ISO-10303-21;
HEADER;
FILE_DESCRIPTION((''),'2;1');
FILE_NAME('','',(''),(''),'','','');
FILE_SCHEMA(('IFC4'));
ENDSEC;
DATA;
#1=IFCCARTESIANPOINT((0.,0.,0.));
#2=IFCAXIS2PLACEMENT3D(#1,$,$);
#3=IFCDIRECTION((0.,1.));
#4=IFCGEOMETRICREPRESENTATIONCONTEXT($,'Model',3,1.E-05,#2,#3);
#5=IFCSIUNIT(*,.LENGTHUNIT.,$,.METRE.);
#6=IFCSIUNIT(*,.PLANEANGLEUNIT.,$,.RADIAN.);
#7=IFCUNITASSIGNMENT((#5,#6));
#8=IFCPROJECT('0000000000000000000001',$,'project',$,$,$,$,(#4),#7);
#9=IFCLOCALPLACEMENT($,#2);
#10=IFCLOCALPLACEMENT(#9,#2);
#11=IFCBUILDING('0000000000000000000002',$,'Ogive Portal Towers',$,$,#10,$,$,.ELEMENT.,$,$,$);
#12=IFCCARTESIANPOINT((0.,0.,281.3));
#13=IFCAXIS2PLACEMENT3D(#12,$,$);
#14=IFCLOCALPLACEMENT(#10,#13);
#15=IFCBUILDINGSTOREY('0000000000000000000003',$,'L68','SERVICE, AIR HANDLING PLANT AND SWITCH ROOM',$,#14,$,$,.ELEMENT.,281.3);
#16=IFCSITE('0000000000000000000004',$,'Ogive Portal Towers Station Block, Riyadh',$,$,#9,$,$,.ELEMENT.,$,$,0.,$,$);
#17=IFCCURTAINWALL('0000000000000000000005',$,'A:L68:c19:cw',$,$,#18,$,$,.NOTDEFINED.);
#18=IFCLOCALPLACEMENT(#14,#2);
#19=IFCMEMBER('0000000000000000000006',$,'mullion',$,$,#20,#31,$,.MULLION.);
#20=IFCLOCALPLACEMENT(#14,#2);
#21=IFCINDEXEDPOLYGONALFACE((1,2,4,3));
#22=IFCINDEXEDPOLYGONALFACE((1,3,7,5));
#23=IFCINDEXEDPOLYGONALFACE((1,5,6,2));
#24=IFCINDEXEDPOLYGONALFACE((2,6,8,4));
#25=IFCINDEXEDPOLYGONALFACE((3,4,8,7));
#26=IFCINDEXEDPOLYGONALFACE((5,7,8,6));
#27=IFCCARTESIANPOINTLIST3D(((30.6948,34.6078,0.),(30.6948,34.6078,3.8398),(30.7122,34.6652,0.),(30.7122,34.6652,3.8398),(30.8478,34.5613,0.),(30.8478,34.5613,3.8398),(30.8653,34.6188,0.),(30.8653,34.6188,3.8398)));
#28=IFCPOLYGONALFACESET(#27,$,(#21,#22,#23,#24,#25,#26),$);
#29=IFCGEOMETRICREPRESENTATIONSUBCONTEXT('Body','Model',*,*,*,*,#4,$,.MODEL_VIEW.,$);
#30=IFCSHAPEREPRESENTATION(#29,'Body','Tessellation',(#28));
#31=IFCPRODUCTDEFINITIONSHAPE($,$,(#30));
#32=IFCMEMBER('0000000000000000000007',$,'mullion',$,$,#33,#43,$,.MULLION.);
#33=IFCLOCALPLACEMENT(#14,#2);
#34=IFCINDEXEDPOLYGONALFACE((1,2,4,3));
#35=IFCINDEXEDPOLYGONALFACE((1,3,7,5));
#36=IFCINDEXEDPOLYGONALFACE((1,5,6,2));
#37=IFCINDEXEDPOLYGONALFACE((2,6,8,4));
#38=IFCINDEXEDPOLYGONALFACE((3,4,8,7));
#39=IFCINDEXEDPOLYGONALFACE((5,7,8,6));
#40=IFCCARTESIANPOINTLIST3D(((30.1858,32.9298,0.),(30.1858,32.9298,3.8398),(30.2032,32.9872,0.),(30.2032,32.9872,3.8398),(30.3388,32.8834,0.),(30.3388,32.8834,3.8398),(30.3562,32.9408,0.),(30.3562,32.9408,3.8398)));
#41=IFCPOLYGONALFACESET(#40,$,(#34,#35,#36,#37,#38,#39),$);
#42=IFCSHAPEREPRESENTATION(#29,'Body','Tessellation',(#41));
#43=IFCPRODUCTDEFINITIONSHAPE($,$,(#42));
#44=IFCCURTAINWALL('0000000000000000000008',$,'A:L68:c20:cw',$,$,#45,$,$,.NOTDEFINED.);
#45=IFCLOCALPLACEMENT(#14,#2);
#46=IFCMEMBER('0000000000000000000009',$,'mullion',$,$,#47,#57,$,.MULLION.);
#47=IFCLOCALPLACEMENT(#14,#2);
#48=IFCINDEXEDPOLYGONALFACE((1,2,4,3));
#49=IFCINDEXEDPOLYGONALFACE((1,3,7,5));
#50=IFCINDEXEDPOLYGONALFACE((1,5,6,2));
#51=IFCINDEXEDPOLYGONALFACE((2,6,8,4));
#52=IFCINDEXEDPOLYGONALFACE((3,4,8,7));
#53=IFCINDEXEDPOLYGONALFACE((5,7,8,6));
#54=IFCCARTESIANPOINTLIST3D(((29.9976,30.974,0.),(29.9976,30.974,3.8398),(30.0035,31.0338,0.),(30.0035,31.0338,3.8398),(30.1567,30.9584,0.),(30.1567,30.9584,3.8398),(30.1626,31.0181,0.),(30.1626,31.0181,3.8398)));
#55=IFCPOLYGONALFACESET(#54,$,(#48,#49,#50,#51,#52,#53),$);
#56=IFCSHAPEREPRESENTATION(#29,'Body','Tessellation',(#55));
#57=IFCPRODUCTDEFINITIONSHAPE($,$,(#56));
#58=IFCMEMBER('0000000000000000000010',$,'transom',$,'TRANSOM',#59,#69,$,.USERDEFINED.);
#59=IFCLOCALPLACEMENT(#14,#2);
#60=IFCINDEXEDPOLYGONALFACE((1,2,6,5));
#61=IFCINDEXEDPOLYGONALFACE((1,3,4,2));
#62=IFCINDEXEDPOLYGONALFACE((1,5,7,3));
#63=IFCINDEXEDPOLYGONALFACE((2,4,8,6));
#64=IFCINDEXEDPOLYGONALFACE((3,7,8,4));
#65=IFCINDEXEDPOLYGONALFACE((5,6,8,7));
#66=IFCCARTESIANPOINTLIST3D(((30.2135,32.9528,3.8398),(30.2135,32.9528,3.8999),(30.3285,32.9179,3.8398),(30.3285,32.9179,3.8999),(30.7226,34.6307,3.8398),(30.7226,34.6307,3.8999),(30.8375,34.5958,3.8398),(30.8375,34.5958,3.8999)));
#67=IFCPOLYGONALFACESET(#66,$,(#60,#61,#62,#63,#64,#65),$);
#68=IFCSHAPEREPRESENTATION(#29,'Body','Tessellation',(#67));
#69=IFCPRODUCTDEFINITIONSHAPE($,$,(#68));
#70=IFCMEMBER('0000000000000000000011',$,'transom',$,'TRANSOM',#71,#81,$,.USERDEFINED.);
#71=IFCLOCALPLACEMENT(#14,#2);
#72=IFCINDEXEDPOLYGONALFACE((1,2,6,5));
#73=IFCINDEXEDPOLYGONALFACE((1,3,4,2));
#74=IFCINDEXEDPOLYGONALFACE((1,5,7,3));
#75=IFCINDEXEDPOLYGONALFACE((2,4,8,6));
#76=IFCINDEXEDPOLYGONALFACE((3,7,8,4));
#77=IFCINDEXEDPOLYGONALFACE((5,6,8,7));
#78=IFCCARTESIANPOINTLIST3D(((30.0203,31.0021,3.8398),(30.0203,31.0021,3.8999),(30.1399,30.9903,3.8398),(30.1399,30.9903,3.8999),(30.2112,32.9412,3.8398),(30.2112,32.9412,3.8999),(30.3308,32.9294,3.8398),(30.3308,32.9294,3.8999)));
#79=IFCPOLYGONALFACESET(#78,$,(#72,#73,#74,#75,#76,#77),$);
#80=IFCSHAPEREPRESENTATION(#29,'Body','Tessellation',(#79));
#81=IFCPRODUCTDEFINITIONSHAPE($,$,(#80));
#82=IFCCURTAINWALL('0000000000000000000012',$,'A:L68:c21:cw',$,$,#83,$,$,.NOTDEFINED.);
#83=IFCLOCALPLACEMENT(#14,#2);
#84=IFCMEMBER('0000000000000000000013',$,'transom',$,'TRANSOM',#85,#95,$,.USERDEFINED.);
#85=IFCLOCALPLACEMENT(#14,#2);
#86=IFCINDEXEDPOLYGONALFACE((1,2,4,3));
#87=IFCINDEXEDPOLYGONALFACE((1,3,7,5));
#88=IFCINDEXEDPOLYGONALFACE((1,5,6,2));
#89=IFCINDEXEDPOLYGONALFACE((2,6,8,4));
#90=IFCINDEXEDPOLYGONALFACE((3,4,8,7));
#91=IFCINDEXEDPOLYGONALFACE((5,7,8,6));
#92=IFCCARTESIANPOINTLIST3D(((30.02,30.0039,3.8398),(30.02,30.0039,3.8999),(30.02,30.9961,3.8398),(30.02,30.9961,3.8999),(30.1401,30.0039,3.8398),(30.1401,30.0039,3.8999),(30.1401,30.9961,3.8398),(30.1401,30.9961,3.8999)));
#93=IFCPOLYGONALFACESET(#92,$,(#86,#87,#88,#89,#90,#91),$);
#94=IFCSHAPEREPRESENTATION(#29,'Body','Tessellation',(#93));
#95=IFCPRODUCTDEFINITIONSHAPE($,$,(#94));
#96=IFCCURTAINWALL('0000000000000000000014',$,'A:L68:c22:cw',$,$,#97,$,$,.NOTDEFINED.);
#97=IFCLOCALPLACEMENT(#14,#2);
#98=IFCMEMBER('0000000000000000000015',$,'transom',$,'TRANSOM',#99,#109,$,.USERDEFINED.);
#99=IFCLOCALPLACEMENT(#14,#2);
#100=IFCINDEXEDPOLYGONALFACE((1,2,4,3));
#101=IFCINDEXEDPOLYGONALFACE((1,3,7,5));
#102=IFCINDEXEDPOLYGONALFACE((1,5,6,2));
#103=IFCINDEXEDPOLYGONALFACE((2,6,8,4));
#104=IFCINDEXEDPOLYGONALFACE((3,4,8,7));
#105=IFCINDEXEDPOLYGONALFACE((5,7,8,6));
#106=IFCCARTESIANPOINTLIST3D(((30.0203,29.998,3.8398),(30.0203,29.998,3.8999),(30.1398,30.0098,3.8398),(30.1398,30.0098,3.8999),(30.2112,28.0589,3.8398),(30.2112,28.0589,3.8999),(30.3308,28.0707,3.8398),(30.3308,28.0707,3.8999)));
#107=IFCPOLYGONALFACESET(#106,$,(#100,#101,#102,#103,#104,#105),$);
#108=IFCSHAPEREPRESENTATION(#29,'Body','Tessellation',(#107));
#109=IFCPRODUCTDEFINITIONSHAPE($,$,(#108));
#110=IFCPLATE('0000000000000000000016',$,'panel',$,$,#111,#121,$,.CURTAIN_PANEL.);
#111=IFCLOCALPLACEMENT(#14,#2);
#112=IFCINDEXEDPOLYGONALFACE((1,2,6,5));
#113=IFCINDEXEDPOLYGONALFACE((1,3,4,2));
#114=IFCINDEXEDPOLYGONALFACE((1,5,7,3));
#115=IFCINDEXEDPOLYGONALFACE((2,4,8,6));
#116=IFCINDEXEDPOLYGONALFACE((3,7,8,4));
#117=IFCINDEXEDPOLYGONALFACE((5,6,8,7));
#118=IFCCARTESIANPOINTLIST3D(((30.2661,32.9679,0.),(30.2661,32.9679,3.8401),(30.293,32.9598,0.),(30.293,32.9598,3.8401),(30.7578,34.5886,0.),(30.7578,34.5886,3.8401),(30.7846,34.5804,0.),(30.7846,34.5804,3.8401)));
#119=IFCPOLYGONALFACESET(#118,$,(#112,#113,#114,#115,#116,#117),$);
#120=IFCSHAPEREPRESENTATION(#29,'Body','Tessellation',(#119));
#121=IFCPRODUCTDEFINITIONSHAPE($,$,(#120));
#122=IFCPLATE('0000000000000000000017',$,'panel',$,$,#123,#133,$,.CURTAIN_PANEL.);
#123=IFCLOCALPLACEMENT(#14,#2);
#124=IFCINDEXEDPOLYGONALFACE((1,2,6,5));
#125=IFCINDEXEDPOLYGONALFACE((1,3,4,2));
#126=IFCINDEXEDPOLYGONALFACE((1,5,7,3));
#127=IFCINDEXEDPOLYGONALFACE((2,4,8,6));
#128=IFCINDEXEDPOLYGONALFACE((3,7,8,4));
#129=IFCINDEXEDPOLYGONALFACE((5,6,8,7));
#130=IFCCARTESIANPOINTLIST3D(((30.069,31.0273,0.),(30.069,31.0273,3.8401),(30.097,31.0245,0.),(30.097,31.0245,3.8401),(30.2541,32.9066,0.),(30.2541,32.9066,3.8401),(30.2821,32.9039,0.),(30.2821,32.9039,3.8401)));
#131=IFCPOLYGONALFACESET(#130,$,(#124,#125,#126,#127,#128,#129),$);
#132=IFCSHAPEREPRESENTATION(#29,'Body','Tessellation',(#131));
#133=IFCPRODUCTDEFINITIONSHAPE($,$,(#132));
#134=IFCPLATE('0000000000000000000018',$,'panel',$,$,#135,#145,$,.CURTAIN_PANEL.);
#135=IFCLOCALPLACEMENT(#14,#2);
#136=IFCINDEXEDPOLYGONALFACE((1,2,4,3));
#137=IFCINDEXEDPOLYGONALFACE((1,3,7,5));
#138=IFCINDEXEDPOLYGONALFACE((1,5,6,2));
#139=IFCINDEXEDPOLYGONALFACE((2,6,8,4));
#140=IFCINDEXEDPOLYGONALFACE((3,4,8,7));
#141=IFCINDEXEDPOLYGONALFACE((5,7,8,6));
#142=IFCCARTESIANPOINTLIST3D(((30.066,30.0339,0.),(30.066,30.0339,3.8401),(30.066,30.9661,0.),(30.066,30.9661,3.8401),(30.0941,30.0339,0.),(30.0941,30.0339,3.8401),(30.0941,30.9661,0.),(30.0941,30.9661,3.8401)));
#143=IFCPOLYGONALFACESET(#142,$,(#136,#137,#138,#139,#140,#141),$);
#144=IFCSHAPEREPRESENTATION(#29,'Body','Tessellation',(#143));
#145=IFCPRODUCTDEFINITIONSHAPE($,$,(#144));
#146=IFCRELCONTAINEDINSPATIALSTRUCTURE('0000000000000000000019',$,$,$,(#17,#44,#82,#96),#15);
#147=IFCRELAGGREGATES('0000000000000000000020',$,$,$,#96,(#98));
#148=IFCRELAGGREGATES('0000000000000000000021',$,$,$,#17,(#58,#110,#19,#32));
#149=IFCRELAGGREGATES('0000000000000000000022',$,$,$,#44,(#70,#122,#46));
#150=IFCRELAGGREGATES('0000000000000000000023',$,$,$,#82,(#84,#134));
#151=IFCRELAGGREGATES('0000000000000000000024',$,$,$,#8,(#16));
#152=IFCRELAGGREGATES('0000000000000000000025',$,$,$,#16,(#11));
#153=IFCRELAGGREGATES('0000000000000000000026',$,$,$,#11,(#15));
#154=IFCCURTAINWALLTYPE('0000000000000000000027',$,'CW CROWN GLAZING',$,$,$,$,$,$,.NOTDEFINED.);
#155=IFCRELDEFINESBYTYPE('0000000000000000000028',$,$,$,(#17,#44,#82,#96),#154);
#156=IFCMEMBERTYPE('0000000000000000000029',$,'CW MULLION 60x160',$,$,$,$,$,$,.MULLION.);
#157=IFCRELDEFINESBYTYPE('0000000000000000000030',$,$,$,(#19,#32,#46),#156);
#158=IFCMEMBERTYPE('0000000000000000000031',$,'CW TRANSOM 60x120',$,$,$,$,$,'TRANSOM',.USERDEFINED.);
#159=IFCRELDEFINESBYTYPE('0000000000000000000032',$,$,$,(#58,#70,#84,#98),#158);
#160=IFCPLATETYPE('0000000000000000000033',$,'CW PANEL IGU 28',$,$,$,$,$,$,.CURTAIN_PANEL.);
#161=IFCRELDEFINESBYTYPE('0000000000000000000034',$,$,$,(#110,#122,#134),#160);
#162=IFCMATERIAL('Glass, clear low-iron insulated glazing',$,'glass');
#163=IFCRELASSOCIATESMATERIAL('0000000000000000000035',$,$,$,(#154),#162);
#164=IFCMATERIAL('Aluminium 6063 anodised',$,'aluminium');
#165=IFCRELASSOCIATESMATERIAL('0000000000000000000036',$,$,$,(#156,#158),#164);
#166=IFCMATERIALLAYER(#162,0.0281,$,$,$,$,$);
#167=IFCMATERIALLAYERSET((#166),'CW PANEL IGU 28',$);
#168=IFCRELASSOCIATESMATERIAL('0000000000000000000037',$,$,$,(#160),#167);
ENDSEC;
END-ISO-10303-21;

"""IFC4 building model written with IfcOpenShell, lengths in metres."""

from ifc_helpers import new_model, si_unit, direction, frame, origin, origin_2d, place, context, subcontext, project, spatial, rectangle, extrude, material, layer, layer_set, material_profile, profile_set, type_object, element, aggregate, save


model = new_model("IFC4")

# Units and contexts
model_context = context("Model", 3, precision=1e-05, world=origin(), true_north=direction((0.0, 1.0)))
body_context = subcontext(model_context, "Body", "Model", "MODEL_VIEW")
ifc_project = project(units=[si_unit("LENGTHUNIT", "METRE"), si_unit("PLANEANGLEUNIT", "RADIAN")], contexts=[model_context])

# Site, building, storey
site_placement = place(None, origin())
site = spatial("IfcSite", under=ifc_project, at=site_placement, Name="Ogive Portal Towers Station Block, Riyadh", CompositionType="ELEMENT", RefElevation=0.0)
building_placement = place(site_placement, origin())
building = spatial("IfcBuilding", under=site, at=building_placement, Name="Ogive Portal Towers", CompositionType="ELEMENT")
storey_placement = place(building_placement, frame((0.0, 0.0, 281.3)))
storey = spatial("IfcBuildingStorey", under=building, at=storey_placement, Name="L68", Description="SERVICE, AIR HANDLING PLANT AND SWITCH ROOM", CompositionType="ELEMENT", Elevation=281.3)

# Curtain wall, members
ifc_material_1 = material(Name="Glass, clear low-iron insulated glazing", Category="glass")
curtain_wall_type = type_object("IfcCurtainWallType", Name="CW CROWN GLAZING", PredefinedType="NOTDEFINED", material=ifc_material_1)
curtain_wall_1_placement = place(storey_placement, origin())
curtain_wall_1 = element("IfcCurtainWall", 1, at=curtain_wall_1_placement, inside=storey, type_object=curtain_wall_type, Name="A:L68:c19:cw", PredefinedType="NOTDEFINED")
ifc_material_2 = material(Name="Aluminium 6063 anodised", Category="aluminium")
ifc_material_profile_1 = material_profile(ifc_material_2, rectangle(XDim=0.1599, YDim=0.0601, at=origin_2d()), Name="AL 60x160")
ifc_profile_set_1 = profile_set([ifc_material_profile_1], Name="Aluminium 6063 anodised")
member_type_1 = type_object("IfcMemberType", Name="CW MULLION 60x160", PredefinedType="MULLION", material=ifc_profile_set_1)
member_1_placement = place(storey_placement, frame((30.78, 34.6133, 0.0), z_axis=(0.0, 0.0, 1.0), x_axis=(0.95694, -0.290285, 0.0)))
member_1 = element("IfcMember", 2, at=member_1_placement, type_object=member_type_1, Name="mullion", PredefinedType="MULLION", context=body_context, shape_type="SweptSolid", body=[
    extrude(rectangle(XDim=0.1599, YDim=0.0601, at=origin_2d()), origin(), (0.0, 0.0, 1.0), 3.8398),
])
member_2_placement = place(storey_placement, frame((30.271, 32.9353, 0.0), z_axis=(0.0, 0.0, 1.0), x_axis=(0.95694, -0.290285, 0.0)))
member_2 = element("IfcMember", 3, at=member_2_placement, type_object=member_type_1, Name="mullion", PredefinedType="MULLION", context=body_context, shape_type="SweptSolid", body=[
    extrude(rectangle(XDim=0.1599, YDim=0.0601, at=origin_2d()), origin(), (0.0, 0.0, 1.0), 3.8398),
])

# Curtain wall, member
curtain_wall_2_placement = place(storey_placement, origin())
curtain_wall_2 = element("IfcCurtainWall", 4, at=curtain_wall_2_placement, inside=storey, type_object=curtain_wall_type, Name="A:L68:c20:cw", PredefinedType="NOTDEFINED")
member_3_placement = place(storey_placement, frame((30.0801, 30.9961, 0.0), z_axis=(0.0, 0.0, 1.0), x_axis=(0.995185, -0.098017, 0.0)))
member_3 = element("IfcMember", 5, at=member_3_placement, type_object=member_type_1, Name="mullion", PredefinedType="MULLION", context=body_context, shape_type="SweptSolid", body=[
    extrude(rectangle(XDim=0.1599, YDim=0.0601, at=origin_2d()), origin(), (0.0, 0.0, 1.0), 3.8398),
])

# Members
ifc_material_profile_2 = material_profile(ifc_material_2, rectangle(XDim=0.1201, YDim=0.0601, at=origin_2d()), Name="AL 120x60")
ifc_profile_set_2 = profile_set([ifc_material_profile_2], Name="Aluminium 6063 anodised")
member_type_2 = type_object("IfcMemberType", Name="CW TRANSOM 60x120", ElementType="TRANSOM", PredefinedType="USERDEFINED", material=ifc_profile_set_2)
member_4_placement = place(storey_placement, frame((30.78, 34.6133, 3.8699), z_axis=(-0.290297, -0.956937, 0.0), x_axis=(0.956937, -0.290297, 0.0)))
member_4 = element("IfcMember", 6, at=member_4_placement, type_object=member_type_2, Name="transom", ObjectType="TRANSOM", PredefinedType="USERDEFINED", context=body_context, shape_type="SweptSolid", body=[
    extrude(rectangle(XDim=0.1201, YDim=0.0601, at=origin_2d()), origin(), (0.0, 0.0, 1.0), 1.7534),
])
member_5_placement = place(storey_placement, frame((30.271, 32.9353, 3.8699), z_axis=(-0.097978, -0.995189, 0.0), x_axis=(0.995189, -0.097978, 0.0)))
member_5 = element("IfcMember", 7, at=member_5_placement, type_object=member_type_2, Name="transom", ObjectType="TRANSOM", PredefinedType="USERDEFINED", context=body_context, shape_type="SweptSolid", body=[
    extrude(rectangle(XDim=0.1201, YDim=0.0601, at=origin_2d()), origin(), (0.0, 0.0, 1.0), 1.9485),
])

# Curtain walls, members
curtain_wall_3_placement = place(storey_placement, origin())
curtain_wall_3 = element("IfcCurtainWall", 8, at=curtain_wall_3_placement, inside=storey, type_object=curtain_wall_type, Name="A:L68:c21:cw", PredefinedType="NOTDEFINED")
member_6_placement = place(storey_placement, frame((30.0801, 30.9961, 3.8699), z_axis=(0.0, -1.0, 0.0), x_axis=(1.0, 0.0, 0.0)))
member_6 = element("IfcMember", 9, at=member_6_placement, type_object=member_type_2, Name="transom", ObjectType="TRANSOM", PredefinedType="USERDEFINED", context=body_context, shape_type="SweptSolid", body=[
    extrude(rectangle(XDim=0.1201, YDim=0.0601, at=origin_2d()), origin(), (0.0, 0.0, 1.0), 0.9922),
])
curtain_wall_4_placement = place(storey_placement, origin())
curtain_wall_4 = element("IfcCurtainWall", 10, at=curtain_wall_4_placement, inside=storey, type_object=curtain_wall_type, Name="A:L68:c22:cw", PredefinedType="NOTDEFINED")
member_7_placement = place(storey_placement, frame((30.0801, 30.0039, 3.8699), z_axis=(0.097978, -0.995189, 0.0), x_axis=(0.995189, 0.097978, 0.0)))
member_7 = element("IfcMember", 11, at=member_7_placement, type_object=member_type_2, Name="transom", ObjectType="TRANSOM", PredefinedType="USERDEFINED", context=body_context, shape_type="SweptSolid", body=[
    extrude(rectangle(XDim=0.1201, YDim=0.0601, at=origin_2d()), origin(), (0.0, 0.0, 1.0), 1.9485),
])
aggregate(curtain_wall_4, [member_7])

# Plates
ifc_layer_1 = layer(ifc_material_1, 0.0281)
ifc_layer_set_1 = layer_set([ifc_layer_1], Name="CW PANEL IGU 28")
plate_type = type_object("IfcPlateType", Name="CW PANEL IGU 28", PredefinedType="CURTAIN_PANEL", material=ifc_layer_set_1)
plate_1_placement = place(storey_placement, frame((30.5254, 33.7742, 0.0), z_axis=(0.0, 0.0, 1.0), x_axis=(-0.290285, -0.95694, 0.0)))
plate_1 = element("IfcPlate", 12, at=plate_1_placement, type_object=plate_type, Name="panel", PredefinedType="CURTAIN_PANEL", context=body_context, shape_type="SweptSolid", body=[
    extrude(rectangle(XDim=1.6936, YDim=0.0281, at=origin_2d()), origin(), (0.0, 0.0, 1.0), 3.8401),
])
aggregate(curtain_wall_1, [member_4, plate_1, member_1, member_2])
plate_2_placement = place(storey_placement, frame((30.1755, 31.9656, 0.0), z_axis=(0.0, 0.0, 1.0), x_axis=(-0.098017, -0.995185, 0.0)))
plate_2 = element("IfcPlate", 13, at=plate_2_placement, type_object=plate_type, Name="panel", PredefinedType="CURTAIN_PANEL", context=body_context, shape_type="SweptSolid", body=[
    extrude(rectangle(XDim=1.8884, YDim=0.0281, at=origin_2d()), origin(), (0.0, 0.0, 1.0), 3.8401),
])
aggregate(curtain_wall_2, [member_5, plate_2, member_3])
plate_3_placement = place(storey_placement, frame((30.0801, 30.5, 0.0), z_axis=(0.0, 0.0, 1.0), x_axis=(0.0, -1.0, 0.0)))
plate_3 = element("IfcPlate", 14, at=plate_3_placement, type_object=plate_type, Name="panel", PredefinedType="CURTAIN_PANEL", context=body_context, shape_type="SweptSolid", body=[
    extrude(rectangle(XDim=0.9321, YDim=0.0281, at=origin_2d()), origin(), (0.0, 0.0, 1.0), 3.8401),
])
aggregate(curtain_wall_3, [member_6, plate_3])

save(model, "model.ifc")
